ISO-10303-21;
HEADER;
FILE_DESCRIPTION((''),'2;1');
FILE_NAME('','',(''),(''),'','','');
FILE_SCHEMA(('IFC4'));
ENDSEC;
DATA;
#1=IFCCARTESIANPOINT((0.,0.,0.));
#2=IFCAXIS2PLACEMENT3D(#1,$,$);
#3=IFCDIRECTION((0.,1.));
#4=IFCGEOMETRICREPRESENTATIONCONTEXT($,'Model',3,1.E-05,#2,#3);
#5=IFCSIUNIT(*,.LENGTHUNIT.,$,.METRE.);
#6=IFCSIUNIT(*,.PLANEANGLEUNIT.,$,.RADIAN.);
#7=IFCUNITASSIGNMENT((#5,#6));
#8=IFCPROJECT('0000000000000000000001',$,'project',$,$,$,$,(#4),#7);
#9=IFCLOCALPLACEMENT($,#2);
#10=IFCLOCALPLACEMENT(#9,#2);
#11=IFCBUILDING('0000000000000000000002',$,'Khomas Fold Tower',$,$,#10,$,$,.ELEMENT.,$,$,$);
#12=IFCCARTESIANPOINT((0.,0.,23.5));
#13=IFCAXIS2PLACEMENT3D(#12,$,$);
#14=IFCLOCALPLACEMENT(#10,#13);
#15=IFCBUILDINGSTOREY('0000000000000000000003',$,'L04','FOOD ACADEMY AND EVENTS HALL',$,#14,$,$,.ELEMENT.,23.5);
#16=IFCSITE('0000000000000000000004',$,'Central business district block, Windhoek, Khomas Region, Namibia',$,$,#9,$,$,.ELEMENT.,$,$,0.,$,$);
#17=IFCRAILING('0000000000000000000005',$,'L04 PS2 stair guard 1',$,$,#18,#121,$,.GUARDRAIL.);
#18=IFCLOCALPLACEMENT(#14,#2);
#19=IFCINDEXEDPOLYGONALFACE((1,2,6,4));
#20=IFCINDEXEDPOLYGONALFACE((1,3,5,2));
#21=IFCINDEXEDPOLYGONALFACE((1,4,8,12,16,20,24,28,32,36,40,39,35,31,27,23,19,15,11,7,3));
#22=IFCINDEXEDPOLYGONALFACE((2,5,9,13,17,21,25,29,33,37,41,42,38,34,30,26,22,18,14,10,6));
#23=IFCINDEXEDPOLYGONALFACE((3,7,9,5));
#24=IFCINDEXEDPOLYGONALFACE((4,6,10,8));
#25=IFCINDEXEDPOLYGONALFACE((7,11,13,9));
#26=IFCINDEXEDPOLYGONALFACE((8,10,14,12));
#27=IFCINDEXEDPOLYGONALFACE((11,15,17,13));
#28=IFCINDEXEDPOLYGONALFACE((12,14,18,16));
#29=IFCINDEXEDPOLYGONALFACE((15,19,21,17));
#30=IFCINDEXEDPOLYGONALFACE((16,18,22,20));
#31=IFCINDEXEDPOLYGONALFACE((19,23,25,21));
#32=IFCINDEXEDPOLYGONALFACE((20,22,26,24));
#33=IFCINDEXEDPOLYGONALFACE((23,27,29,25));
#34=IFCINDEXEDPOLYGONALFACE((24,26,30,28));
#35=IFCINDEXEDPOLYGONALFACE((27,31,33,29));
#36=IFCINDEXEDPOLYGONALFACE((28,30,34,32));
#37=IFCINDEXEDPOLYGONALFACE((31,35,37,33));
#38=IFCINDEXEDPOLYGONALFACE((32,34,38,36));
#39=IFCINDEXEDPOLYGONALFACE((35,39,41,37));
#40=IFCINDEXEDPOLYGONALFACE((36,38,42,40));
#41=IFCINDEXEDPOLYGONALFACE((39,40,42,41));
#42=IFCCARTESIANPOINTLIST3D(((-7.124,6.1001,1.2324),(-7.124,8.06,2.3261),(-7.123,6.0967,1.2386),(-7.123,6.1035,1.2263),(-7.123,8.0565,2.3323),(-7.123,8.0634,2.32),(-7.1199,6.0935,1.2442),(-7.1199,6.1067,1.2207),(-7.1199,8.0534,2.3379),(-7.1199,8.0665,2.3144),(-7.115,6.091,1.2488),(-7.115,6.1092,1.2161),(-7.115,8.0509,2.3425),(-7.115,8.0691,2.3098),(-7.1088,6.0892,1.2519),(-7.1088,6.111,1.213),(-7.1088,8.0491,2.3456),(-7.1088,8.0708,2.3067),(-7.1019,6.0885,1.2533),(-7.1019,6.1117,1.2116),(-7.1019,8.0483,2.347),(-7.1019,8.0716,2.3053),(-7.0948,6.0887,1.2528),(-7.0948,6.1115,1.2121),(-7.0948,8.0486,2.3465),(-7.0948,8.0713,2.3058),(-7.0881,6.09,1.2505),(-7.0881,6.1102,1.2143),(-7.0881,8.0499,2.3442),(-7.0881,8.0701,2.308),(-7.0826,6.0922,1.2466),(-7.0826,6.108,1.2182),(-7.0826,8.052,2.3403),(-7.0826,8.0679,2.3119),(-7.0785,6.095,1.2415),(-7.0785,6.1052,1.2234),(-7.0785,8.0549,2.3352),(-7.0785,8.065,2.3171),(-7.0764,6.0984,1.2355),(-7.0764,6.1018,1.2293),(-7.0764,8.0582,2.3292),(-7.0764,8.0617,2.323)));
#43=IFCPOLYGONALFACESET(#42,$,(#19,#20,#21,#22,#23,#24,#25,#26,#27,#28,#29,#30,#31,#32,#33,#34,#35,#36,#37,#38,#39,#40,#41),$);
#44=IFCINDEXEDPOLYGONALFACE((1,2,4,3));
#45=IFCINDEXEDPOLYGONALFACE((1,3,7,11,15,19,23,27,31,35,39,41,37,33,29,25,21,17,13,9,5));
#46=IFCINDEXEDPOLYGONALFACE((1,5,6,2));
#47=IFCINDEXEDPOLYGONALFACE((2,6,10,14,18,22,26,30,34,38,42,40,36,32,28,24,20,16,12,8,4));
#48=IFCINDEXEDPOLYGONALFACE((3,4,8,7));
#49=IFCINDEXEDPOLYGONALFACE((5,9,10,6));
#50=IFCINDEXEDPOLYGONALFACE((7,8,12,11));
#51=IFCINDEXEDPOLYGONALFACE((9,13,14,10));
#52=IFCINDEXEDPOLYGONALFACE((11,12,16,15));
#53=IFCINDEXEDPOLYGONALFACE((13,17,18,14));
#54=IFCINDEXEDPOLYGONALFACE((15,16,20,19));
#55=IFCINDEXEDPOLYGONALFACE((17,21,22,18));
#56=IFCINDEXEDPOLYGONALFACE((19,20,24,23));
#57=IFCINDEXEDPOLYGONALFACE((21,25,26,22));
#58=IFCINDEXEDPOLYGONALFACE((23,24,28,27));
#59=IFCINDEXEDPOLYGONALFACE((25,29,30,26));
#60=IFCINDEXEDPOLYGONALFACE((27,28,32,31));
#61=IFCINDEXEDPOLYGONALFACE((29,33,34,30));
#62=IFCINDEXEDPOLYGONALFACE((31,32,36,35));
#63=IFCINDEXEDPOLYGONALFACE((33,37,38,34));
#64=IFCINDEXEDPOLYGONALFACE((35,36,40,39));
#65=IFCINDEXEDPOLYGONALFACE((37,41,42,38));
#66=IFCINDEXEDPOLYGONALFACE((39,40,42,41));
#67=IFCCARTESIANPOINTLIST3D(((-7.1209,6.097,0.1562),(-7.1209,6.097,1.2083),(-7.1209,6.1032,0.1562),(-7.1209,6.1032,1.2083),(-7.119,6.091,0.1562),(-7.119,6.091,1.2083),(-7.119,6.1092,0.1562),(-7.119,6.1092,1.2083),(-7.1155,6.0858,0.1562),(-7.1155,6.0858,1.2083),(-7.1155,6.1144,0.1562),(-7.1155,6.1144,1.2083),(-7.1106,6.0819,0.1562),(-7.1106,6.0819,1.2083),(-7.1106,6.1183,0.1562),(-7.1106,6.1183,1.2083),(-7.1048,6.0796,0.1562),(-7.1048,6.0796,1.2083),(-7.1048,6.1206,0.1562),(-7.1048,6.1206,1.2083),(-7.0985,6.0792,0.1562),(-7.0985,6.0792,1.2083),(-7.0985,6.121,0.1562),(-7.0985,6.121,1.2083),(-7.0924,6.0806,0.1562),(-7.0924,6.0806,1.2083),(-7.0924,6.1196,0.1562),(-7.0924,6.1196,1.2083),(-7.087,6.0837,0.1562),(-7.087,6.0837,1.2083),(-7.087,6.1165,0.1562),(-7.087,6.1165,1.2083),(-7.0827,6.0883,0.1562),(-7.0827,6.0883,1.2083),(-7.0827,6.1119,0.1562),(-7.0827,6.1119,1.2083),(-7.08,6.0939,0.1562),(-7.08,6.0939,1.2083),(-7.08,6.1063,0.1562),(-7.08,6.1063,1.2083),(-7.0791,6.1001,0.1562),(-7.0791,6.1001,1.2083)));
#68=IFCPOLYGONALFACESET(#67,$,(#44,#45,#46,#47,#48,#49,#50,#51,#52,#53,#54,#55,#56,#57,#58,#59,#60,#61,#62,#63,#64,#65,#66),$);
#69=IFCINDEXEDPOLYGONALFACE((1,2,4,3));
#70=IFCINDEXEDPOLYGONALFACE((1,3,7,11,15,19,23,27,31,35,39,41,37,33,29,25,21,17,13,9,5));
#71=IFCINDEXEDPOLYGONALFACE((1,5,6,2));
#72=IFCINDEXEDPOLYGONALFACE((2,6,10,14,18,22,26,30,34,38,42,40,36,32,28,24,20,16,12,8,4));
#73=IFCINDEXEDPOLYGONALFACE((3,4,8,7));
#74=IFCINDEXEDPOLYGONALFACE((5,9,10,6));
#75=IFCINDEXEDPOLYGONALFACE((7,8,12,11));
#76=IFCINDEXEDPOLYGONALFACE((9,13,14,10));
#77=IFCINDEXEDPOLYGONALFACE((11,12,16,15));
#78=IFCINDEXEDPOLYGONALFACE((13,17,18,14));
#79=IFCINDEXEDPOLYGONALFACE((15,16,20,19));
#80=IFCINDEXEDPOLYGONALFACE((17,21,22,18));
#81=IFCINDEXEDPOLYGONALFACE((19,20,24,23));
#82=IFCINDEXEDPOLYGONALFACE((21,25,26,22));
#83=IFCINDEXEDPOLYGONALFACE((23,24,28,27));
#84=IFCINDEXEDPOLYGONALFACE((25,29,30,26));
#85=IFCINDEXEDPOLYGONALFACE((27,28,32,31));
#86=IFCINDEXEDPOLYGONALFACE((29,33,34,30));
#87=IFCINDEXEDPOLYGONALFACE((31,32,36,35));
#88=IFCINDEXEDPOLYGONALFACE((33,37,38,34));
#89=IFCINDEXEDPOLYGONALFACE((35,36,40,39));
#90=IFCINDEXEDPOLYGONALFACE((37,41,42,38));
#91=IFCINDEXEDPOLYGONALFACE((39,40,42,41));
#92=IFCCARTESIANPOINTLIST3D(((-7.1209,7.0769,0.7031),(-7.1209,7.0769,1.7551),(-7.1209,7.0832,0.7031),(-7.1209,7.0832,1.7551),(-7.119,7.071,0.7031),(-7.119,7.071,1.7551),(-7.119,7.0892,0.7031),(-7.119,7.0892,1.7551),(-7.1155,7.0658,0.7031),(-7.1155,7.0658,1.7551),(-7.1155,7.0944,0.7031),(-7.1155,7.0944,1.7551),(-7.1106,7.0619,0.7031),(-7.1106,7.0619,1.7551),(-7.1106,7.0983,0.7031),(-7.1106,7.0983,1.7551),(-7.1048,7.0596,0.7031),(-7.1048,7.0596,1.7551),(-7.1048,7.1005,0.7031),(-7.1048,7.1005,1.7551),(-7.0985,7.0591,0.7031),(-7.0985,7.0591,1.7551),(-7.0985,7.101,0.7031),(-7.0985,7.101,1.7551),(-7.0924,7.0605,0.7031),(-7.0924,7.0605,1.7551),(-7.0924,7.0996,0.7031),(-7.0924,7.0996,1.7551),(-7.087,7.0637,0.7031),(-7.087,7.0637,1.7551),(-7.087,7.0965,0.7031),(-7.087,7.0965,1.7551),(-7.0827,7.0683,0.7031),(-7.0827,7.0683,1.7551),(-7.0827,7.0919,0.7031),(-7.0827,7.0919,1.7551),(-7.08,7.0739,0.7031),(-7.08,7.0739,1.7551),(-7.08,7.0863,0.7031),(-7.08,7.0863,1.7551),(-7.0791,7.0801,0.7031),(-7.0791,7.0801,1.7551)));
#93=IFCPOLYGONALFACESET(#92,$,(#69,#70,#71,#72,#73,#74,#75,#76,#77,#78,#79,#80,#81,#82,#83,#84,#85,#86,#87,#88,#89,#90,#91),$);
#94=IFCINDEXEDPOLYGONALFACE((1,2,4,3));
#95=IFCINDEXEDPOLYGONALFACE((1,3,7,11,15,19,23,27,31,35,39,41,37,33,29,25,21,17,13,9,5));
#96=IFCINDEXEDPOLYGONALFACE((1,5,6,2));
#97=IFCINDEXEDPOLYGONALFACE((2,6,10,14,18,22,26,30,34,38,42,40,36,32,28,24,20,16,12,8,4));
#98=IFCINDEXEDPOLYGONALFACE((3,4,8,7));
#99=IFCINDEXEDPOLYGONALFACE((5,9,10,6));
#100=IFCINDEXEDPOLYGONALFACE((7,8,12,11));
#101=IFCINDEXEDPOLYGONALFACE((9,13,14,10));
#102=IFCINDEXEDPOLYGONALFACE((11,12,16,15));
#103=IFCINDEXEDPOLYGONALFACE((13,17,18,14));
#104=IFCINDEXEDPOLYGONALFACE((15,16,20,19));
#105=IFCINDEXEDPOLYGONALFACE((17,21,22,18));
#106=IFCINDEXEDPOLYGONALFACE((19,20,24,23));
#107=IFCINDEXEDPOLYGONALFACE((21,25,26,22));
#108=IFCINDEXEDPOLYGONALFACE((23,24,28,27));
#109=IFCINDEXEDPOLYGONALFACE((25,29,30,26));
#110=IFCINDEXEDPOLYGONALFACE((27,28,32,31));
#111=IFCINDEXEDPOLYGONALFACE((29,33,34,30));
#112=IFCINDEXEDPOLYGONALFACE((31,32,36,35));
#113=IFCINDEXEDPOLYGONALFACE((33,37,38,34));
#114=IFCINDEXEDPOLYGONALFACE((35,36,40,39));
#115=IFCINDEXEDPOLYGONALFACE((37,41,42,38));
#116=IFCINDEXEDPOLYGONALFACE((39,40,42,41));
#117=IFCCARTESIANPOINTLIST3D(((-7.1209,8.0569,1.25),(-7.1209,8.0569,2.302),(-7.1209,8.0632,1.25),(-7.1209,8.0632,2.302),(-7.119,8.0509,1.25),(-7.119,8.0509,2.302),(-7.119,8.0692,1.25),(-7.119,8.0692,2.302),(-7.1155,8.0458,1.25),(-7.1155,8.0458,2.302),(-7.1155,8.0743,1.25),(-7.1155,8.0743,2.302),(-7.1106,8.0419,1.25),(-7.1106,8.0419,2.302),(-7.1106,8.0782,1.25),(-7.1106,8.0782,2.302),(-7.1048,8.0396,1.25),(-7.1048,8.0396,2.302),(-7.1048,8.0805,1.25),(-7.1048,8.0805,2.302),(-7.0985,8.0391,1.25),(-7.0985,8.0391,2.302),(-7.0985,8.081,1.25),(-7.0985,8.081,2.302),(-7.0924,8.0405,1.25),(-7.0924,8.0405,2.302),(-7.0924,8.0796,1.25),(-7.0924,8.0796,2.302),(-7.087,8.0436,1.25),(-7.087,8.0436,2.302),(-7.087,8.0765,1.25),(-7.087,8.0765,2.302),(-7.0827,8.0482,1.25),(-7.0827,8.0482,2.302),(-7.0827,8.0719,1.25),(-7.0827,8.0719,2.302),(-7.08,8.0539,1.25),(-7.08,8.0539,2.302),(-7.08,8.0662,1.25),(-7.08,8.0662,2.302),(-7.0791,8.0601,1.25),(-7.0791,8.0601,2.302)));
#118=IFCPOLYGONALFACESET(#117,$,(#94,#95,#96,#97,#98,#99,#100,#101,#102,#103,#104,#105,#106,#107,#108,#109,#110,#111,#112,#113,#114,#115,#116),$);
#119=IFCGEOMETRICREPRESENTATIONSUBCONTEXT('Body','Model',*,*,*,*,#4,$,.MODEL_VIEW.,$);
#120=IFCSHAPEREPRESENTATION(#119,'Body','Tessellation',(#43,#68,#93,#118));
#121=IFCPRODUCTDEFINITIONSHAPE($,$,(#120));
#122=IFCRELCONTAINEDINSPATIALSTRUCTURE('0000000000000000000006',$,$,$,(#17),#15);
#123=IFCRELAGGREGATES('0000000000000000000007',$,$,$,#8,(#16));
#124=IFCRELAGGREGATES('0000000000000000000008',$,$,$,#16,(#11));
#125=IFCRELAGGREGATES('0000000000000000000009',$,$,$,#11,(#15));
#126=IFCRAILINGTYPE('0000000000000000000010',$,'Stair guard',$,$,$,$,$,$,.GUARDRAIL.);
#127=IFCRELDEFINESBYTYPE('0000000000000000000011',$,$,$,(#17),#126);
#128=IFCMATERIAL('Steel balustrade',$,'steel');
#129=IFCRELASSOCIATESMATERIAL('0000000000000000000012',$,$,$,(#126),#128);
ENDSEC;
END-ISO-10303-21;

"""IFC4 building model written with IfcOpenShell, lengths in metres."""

from ifc_helpers import new_model, si_unit, direction, frame, origin, origin_2d, place, context, subcontext, project, spatial, circle, extrude, source, transform, mapped, material, type_object, element, save


model = new_model("IFC4")

# Units and contexts
model_context = context("Model", 3, precision=1e-05, world=origin(), true_north=direction((0.0, 1.0)))
body_context = subcontext(model_context, "Body", "Model", "MODEL_VIEW")
ifc_project = project(units=[si_unit("LENGTHUNIT", "METRE"), si_unit("PLANEANGLEUNIT", "RADIAN")], contexts=[model_context])

# Site, building, storey
site_placement = place(None, origin())
site = spatial("IfcSite", under=ifc_project, at=site_placement, Name="Central business district block, Windhoek, Khomas Region, Namibia", CompositionType="ELEMENT", RefElevation=0.0)
building_placement = place(site_placement, origin())
building = spatial("IfcBuilding", under=site, at=building_placement, Name="Khomas Fold Tower", CompositionType="ELEMENT")
storey_placement = place(building_placement, frame((0.0, 0.0, 23.5)))
storey = spatial("IfcBuildingStorey", under=building, at=storey_placement, Name="L04", Description="FOOD ACADEMY AND EVENTS HALL", CompositionType="ELEMENT", Elevation=23.5)

# Railing
ifc_material_1 = material(Name="Steel balustrade", Category="steel")
railing_type_1 = type_object("IfcRailingType", Name="Stair guard", PredefinedType="GUARDRAIL", material=ifc_material_1)
shared_shape_1 = source(origin(), body_context, "Body", "SweptSolid", [
    extrude(circle(Radius=0.0239, at=origin_2d()), frame((0.0, 0.0, 1.0762), z_axis=(0.0, 0.873232, 0.487304), x_axis=(-1.0, 0.0, 0.0)), (0.0, 0.0, 1.0), 2.2444),
    extrude(circle(Radius=0.021, at=origin_2d()), origin(), (0.0, 0.0, 1.0), 1.052),
    extrude(circle(Radius=0.021, at=origin_2d()), frame((0.0, 0.98, 0.5469)), (0.0, 0.0, 1.0), 1.052),
    extrude(circle(Radius=0.021, at=origin_2d()), frame((0.0, 1.96, 1.0938)), (0.0, 0.0, 1.0), 1.052),
])
for number, where, name in (
    (1, (-7.1001, 6.1001, 0.1562), "L04 PS2 stair guard 1"),
):
    element("IfcRailing", number, at=place(storey_placement, frame(where)), inside=storey, type_object=railing_type_1, Name=name, PredefinedType="GUARDRAIL", context=body_context, shape_type="MappedRepresentation", body=[
        mapped(shared_shape_1, transform((0.0, 0.0, 0.0))),
    ])

save(model, "model.ifc")
